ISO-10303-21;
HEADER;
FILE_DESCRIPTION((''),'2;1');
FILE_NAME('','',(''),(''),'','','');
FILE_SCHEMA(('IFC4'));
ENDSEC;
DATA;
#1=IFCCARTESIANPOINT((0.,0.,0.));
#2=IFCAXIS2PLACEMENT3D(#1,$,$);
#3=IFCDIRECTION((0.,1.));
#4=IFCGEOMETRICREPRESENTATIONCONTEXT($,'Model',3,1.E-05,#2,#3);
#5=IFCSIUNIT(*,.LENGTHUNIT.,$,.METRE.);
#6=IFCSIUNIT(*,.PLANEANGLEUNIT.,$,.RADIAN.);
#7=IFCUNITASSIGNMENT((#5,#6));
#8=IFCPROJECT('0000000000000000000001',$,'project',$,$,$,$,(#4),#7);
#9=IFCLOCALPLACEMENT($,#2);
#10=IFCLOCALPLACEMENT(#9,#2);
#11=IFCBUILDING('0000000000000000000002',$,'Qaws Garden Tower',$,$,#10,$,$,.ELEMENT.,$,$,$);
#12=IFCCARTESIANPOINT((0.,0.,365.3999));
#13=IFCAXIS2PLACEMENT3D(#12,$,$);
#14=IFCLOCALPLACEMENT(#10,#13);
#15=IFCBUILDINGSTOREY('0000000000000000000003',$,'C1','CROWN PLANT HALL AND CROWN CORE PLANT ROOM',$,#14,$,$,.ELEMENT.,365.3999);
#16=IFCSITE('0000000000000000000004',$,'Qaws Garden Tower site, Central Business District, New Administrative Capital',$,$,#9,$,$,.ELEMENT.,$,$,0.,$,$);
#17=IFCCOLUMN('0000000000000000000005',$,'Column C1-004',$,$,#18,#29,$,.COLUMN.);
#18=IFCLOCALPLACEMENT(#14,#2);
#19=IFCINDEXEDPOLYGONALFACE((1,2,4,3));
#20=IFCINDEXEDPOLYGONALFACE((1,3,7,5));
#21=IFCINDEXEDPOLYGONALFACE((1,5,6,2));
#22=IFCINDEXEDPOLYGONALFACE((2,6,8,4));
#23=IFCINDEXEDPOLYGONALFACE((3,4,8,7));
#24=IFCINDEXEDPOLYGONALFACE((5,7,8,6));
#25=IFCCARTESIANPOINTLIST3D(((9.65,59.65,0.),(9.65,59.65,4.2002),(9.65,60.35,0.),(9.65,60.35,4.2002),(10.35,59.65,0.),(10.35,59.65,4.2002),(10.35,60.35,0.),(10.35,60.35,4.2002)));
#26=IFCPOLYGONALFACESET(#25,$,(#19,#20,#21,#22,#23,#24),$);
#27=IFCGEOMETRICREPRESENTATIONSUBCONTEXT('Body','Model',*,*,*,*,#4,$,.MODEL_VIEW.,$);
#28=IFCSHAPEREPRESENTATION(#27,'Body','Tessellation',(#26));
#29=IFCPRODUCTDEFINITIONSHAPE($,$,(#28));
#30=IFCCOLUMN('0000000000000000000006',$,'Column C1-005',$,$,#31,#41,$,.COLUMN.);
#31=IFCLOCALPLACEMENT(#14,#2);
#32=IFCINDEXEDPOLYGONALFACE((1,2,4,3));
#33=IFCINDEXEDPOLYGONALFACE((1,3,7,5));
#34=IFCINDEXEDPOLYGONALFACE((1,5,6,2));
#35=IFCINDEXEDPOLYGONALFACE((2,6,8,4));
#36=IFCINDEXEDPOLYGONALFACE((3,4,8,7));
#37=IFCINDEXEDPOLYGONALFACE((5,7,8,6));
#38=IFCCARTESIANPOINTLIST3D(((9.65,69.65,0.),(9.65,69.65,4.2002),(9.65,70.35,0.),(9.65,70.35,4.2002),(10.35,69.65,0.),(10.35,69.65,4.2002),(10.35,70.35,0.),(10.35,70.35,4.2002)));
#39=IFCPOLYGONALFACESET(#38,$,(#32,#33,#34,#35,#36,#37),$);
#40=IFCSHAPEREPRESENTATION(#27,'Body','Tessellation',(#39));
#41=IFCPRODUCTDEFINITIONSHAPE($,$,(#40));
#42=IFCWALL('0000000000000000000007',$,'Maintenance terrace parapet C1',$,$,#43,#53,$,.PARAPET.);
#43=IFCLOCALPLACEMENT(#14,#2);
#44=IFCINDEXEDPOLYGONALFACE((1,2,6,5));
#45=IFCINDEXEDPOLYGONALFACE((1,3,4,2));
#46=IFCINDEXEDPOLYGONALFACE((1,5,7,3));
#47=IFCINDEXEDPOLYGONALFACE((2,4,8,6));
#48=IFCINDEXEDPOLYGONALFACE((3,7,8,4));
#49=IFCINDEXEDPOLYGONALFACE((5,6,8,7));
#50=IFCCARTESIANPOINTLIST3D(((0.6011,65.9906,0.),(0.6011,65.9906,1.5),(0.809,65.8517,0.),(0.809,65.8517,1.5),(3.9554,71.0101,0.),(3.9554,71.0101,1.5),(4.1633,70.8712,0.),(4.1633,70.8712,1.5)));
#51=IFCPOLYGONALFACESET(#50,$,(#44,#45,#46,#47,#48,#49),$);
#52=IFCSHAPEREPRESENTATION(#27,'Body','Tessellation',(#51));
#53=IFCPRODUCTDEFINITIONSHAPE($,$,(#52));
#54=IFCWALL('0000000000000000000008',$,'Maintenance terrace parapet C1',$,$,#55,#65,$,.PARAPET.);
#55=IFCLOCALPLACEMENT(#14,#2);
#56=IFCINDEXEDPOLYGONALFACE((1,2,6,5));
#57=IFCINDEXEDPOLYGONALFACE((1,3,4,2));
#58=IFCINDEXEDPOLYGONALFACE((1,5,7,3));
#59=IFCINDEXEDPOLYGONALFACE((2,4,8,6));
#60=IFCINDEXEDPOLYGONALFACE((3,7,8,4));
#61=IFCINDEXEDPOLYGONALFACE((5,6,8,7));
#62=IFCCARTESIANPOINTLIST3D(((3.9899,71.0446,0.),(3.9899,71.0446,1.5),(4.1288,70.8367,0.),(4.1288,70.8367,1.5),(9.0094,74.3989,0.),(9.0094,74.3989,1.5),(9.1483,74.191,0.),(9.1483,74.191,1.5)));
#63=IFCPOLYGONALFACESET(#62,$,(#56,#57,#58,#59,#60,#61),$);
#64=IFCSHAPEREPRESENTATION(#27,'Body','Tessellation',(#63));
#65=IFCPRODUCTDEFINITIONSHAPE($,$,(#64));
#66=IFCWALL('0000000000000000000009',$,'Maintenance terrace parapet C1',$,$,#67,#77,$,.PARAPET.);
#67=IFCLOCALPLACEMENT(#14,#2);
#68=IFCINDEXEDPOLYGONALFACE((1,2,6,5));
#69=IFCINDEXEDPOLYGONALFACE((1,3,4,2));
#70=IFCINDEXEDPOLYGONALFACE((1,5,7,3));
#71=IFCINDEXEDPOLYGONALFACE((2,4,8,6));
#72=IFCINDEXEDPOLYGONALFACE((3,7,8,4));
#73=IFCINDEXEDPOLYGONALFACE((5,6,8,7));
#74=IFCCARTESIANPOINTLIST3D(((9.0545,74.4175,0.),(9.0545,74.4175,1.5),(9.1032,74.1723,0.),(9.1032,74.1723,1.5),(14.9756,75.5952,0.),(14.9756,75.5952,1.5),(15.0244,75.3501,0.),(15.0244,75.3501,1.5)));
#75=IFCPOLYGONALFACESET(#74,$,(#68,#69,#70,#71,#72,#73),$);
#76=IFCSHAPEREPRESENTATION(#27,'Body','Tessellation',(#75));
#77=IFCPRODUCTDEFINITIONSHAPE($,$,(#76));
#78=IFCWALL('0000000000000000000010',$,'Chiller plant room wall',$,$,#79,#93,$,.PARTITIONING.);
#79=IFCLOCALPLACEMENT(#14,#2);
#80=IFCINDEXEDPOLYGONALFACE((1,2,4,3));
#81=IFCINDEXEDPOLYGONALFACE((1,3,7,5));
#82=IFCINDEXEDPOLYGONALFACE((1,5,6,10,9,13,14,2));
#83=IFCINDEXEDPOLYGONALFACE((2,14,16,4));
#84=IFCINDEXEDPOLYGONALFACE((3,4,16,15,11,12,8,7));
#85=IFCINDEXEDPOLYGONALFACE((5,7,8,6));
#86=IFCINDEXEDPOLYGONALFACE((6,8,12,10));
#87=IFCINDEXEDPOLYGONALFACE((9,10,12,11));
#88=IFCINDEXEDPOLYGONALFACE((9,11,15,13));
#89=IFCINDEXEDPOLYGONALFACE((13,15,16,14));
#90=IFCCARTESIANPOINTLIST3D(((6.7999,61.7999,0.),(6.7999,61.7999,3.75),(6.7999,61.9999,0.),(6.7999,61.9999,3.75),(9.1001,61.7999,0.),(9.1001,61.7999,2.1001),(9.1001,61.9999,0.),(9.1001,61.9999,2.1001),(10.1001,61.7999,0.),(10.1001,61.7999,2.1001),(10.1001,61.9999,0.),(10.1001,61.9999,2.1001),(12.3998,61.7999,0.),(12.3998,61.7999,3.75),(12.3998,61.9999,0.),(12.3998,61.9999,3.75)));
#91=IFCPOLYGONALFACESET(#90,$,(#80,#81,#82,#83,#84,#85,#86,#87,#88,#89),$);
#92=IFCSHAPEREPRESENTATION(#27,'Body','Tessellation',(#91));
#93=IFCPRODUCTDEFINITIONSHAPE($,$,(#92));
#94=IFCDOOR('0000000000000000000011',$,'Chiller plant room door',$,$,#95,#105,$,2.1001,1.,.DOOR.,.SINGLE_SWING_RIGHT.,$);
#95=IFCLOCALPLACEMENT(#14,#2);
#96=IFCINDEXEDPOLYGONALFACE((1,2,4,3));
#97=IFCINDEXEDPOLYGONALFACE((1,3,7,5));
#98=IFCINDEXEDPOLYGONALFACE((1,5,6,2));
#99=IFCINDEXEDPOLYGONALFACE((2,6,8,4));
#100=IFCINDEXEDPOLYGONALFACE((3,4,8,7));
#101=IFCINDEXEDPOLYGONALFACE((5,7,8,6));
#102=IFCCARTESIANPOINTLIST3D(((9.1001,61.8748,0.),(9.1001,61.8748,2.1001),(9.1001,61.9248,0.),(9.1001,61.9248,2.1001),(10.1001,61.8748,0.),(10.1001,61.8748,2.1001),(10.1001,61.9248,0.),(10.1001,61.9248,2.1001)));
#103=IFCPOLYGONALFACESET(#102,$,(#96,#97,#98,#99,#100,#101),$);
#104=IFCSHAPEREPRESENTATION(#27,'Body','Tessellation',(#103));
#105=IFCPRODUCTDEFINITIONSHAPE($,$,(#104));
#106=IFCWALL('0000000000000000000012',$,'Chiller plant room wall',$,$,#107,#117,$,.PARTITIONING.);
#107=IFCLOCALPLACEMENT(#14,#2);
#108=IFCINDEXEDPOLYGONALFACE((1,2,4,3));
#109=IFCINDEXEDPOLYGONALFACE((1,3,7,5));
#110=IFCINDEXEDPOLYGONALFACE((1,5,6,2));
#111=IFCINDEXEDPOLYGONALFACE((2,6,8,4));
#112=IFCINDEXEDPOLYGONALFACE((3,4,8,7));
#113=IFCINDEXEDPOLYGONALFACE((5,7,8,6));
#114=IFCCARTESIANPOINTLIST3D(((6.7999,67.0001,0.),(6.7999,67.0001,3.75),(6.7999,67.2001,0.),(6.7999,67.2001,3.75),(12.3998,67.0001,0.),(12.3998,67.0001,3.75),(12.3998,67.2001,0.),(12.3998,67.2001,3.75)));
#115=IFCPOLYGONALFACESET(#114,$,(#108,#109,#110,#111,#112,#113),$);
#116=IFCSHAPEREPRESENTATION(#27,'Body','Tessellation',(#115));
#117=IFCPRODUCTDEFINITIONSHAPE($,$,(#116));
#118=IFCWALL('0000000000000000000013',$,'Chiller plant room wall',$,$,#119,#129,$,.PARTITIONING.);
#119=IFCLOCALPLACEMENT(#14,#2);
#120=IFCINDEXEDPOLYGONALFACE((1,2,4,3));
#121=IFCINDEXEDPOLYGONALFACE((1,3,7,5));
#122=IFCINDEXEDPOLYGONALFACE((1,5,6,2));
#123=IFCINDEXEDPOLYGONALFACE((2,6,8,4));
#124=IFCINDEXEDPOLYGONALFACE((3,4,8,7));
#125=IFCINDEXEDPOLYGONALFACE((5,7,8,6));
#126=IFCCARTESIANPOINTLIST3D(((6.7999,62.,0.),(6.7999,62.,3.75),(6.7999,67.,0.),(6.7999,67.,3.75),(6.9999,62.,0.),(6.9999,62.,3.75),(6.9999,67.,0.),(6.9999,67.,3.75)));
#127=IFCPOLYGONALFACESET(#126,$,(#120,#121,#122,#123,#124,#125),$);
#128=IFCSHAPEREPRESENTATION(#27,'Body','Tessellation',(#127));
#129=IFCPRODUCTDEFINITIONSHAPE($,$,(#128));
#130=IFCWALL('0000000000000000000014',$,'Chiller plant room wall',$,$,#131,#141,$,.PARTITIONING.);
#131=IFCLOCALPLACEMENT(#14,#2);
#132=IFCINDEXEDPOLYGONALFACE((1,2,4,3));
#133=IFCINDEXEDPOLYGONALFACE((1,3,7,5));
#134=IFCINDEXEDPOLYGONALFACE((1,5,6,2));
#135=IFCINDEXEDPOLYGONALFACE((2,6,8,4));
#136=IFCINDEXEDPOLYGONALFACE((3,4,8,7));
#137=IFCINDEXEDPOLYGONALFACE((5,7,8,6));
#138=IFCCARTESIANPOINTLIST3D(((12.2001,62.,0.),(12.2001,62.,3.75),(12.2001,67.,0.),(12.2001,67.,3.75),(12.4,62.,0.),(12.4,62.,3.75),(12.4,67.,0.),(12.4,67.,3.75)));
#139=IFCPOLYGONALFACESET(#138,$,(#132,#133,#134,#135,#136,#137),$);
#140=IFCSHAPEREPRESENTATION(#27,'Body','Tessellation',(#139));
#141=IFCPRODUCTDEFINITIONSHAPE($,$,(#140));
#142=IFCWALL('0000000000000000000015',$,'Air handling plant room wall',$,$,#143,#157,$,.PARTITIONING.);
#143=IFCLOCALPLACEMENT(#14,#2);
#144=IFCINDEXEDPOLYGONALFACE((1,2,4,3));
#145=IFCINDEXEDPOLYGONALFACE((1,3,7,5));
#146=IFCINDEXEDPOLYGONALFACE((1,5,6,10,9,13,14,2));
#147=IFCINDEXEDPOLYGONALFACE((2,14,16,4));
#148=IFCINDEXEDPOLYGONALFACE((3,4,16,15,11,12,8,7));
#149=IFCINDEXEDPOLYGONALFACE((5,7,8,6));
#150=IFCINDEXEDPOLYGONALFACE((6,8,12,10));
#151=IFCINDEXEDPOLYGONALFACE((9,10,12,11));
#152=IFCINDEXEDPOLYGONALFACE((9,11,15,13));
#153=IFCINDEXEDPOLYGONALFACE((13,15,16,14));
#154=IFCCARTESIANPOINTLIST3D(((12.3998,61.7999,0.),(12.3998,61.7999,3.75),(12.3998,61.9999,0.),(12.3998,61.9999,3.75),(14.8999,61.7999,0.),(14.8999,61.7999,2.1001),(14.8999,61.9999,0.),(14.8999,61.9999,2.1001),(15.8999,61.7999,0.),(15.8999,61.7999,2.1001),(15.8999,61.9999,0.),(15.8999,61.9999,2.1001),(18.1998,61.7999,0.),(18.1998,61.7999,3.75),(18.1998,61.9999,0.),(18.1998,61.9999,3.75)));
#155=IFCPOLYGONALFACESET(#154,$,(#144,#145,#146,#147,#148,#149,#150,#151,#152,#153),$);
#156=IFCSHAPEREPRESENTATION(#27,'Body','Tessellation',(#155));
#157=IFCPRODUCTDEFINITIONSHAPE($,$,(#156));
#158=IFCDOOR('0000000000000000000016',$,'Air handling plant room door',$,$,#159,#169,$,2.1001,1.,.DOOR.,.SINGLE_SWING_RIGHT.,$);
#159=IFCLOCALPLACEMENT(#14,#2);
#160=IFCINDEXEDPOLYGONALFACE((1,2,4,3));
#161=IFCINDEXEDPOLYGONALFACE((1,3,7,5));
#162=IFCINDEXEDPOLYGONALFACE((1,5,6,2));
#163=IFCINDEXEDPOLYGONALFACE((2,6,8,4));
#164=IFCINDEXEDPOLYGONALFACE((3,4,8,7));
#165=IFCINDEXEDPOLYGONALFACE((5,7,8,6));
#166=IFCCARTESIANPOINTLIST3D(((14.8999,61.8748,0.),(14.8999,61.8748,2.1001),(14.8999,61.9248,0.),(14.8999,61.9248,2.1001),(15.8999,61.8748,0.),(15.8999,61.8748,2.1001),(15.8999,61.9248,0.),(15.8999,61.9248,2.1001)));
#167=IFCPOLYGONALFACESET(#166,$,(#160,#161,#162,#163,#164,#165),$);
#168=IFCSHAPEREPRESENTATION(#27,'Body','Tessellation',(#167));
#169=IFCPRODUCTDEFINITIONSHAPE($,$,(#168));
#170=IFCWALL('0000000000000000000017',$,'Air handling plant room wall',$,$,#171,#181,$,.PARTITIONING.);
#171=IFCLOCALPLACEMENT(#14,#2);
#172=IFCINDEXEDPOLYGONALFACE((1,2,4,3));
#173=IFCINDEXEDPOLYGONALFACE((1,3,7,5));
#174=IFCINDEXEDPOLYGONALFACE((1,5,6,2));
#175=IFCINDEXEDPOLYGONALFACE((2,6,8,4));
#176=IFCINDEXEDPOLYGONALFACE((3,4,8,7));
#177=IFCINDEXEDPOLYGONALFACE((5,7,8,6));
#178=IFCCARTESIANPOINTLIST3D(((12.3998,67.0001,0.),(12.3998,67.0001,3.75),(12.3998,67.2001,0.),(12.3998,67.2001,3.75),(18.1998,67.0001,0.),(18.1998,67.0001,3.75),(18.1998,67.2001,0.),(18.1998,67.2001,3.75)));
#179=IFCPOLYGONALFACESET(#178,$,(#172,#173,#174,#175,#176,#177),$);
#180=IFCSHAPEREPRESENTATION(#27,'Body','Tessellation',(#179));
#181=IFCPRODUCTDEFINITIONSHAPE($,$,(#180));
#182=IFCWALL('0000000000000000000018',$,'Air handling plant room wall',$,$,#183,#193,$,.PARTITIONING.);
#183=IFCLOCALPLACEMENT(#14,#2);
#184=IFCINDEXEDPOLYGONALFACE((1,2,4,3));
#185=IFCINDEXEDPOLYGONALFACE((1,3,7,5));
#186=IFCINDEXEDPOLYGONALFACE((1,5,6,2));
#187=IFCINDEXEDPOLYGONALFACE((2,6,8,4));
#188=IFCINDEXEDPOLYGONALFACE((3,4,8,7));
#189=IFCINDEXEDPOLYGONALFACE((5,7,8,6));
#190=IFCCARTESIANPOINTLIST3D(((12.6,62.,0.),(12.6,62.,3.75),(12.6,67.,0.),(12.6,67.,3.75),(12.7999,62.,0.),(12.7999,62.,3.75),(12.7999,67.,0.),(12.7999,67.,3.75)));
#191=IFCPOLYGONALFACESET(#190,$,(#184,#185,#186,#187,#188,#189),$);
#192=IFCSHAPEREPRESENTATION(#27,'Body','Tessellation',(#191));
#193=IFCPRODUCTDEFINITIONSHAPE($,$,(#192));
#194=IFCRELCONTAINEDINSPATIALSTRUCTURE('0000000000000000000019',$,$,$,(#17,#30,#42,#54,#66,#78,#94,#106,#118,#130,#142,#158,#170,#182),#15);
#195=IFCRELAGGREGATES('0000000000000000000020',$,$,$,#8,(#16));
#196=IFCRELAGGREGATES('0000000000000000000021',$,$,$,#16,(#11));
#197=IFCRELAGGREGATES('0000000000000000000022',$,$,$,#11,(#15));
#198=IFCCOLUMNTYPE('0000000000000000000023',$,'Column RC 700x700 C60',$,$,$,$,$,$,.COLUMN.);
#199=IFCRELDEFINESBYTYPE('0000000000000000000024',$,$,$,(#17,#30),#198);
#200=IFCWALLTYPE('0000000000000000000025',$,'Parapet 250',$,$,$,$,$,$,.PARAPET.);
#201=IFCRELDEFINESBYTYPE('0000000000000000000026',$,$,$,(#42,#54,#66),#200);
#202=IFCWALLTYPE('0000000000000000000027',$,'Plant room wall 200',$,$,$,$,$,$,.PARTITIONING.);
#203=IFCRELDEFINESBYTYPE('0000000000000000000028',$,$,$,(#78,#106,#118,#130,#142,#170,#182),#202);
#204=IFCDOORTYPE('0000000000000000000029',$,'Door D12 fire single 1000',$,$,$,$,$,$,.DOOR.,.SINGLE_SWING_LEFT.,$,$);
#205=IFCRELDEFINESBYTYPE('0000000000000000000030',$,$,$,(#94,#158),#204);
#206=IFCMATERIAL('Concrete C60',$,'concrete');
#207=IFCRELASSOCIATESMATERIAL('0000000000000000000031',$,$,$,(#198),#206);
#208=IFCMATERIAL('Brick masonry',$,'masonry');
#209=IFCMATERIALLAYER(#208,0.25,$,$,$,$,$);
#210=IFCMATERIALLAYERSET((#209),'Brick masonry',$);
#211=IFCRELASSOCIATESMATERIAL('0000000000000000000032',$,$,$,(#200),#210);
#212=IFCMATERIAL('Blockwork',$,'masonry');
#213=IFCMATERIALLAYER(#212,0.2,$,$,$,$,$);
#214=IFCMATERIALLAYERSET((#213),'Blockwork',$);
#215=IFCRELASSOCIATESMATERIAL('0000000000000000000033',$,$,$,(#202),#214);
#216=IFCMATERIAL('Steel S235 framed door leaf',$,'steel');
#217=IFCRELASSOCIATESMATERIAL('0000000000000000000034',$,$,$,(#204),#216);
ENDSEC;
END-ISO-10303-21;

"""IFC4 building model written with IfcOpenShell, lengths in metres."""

from ifc_helpers import new_model, si_unit, direction, frame, frame_2d, origin, origin_2d, place, context, subcontext, project, spatial, rectangle, extrude, material, layer, layer_set, material_profile, profile_set, type_object, element, fill, save


model = new_model("IFC4")

# Units and contexts
model_context = context("Model", 3, precision=1e-05, world=origin(), true_north=direction((0.0, 1.0)))
body_context = subcontext(model_context, "Body", "Model", "MODEL_VIEW")
ifc_project = project(units=[si_unit("LENGTHUNIT", "METRE"), si_unit("PLANEANGLEUNIT", "RADIAN")], contexts=[model_context])

# Site, building, storey
site_placement = place(None, origin())
site = spatial("IfcSite", under=ifc_project, at=site_placement, Name="Qaws Garden Tower site, Central Business District, New Administrative Capital", CompositionType="ELEMENT", RefElevation=0.0)
building_placement = place(site_placement, origin())
building = spatial("IfcBuilding", under=site, at=building_placement, Name="Qaws Garden Tower", CompositionType="ELEMENT")
storey_placement = place(building_placement, frame((0.0, 0.0, 365.3999)))
storey = spatial("IfcBuildingStorey", under=building, at=storey_placement, Name="C1", Description="CROWN PLANT HALL AND CROWN CORE PLANT ROOM", CompositionType="ELEMENT", Elevation=365.3999)

# Columns
ifc_material_1 = material(Name="Concrete C60", Category="concrete")
ifc_material_profile = material_profile(ifc_material_1, rectangle(XDim=0.7, YDim=0.7, at=origin_2d()), Name="RC 700x700")
ifc_profile_set = profile_set([ifc_material_profile], Name="Concrete C60")
column_type = type_object("IfcColumnType", Name="Column RC 700x700 C60", PredefinedType="COLUMN", material=ifc_profile_set)
for number, where, z_axis, x_axis, name in (
    (1, (10.0, 60.0, 0.0), (0.0, 0.0, 1.0), (1.0, 0.0, 0.0), "Column C1-004"),
    (2, (10.0, 70.0, 0.0), (0.0, 0.0, 1.0), (1.0, 0.0, 0.0), "Column C1-005"),
):
    element("IfcColumn", number, at=place(storey_placement, frame(where, z_axis=z_axis, x_axis=x_axis)), inside=storey, type_object=column_type, Name=name, PredefinedType="COLUMN", context=body_context, shape_type="SweptSolid", body=[
        extrude(rectangle(XDim=0.7, YDim=0.7, at=origin_2d()), origin(), (0.0, 0.0, 1.0), 4.2002),
    ])

# Walls
ifc_material_2 = material(Name="Brick masonry", Category="masonry")
ifc_layer_1 = layer(ifc_material_2, 0.25)
ifc_layer_set_1 = layer_set([ifc_layer_1], Name="Brick masonry")
wall_type_1 = type_object("IfcWallType", Name="Parapet 250", PredefinedType="PARAPET", material=ifc_layer_set_1)
for number, where, z_axis, x_axis, name in (
    (3, (0.7051, 65.9211, 0.0), (0.0, 0.0, 1.0), (0.555605, 0.831446, 0.0), "Maintenance terrace parapet C1"),
    (4, (4.0593, 70.9407, 0.0), (0.0, 0.0, 1.0), (0.831446, 0.555605, 0.0), "Maintenance terrace parapet C1"),
    (5, (9.0789, 74.2949, 0.0), (0.0, 0.0, 1.0), (0.980787, 0.195082, 0.0), "Maintenance terrace parapet C1"),
):
    element("IfcWall", number, at=place(storey_placement, frame(where, z_axis=z_axis, x_axis=x_axis)), inside=storey, type_object=wall_type_1, Name=name, PredefinedType="PARAPET", context=body_context, shape_type="SweptSolid", body=[
        extrude(rectangle(XDim=6.0371, YDim=0.25, at=frame_2d((3.0186, 0.0))), origin(), (0.0, 0.0, 1.0), 1.5),
    ])

# Wall, opening, door
ifc_material_3 = material(Name="Blockwork", Category="masonry")
ifc_layer_2 = layer(ifc_material_3, 0.2)
ifc_layer_set_2 = layer_set([ifc_layer_2], Name="Blockwork")
wall_type_2 = type_object("IfcWallType", Name="Plant room wall 200", PredefinedType="PARTITIONING", material=ifc_layer_set_2)
wall_1_placement = place(storey_placement, frame((6.8, 61.8999, 0.0), z_axis=(0.0, 0.0, 1.0), x_axis=(1.0, 0.0, 0.0)))
wall_1 = element("IfcWall", 6, at=wall_1_placement, inside=storey, type_object=wall_type_2, Name="Chiller plant room wall", PredefinedType="PARTITIONING", context=body_context, shape_type="SweptSolid", body=[
    extrude(rectangle(XDim=5.5999, YDim=0.2, at=frame_2d((2.7998, 0.0))), origin(), (0.0, 0.0, 1.0), 3.75),
])
opening_1_placement = place(wall_1_placement, frame((2.3, 0.0, 0.0)))
opening_1 = element("IfcOpeningElement", 7, at=opening_1_placement, cuts=wall_1, PredefinedType="OPENING", context=body_context, shape_type="SweptSolid", body=[
    extrude(rectangle(XDim=1.0, YDim=2.1001, at=frame_2d((0.5, 1.05))), frame((0.0, 0.1099, 0.0), z_axis=(0.0, -1.0, 0.0), x_axis=(1.0, 0.0, 0.0)), (0.0, 0.0, 1.0), 0.22),
])
ifc_material_4 = material(Name="Steel S235 framed door leaf", Category="steel")
door_type = type_object("IfcDoorType", Name="Door D12 fire single 1000", OperationType="SINGLE_SWING_LEFT", PredefinedType="DOOR", material=ifc_material_4)
door_1_placement = place(opening_1_placement, origin())
door_1 = element("IfcDoor", 8, at=door_1_placement, inside=storey, type_object=door_type, Name="Chiller plant room door", OperationType="SINGLE_SWING_RIGHT", OverallHeight=2.1001, OverallWidth=1.0, PredefinedType="DOOR", context=body_context, shape_type="SweptSolid", body=[
    extrude(rectangle(XDim=1.0, YDim=2.1001, at=frame_2d((0.5, 1.05))), frame((0.0, 0.0249, 0.0), z_axis=(0.0, -1.0, 0.0), x_axis=(1.0, 0.0, 0.0)), (0.0, 0.0, 1.0), 0.05),
])
fill(opening_1, door_1)

# Walls
wall_2_placement = place(storey_placement, frame((6.8, 67.1001, 0.0), z_axis=(0.0, 0.0, 1.0), x_axis=(1.0, 0.0, 0.0)))
element("IfcWall", 9, at=wall_2_placement, inside=storey, type_object=wall_type_2, Name="Chiller plant room wall", PredefinedType="PARTITIONING", context=body_context, shape_type="SweptSolid", body=[
    extrude(rectangle(XDim=5.5999, YDim=0.2, at=frame_2d((2.7998, 0.0))), origin(), (0.0, 0.0, 1.0), 3.75),
])
for number, where, z_axis, x_axis, name in (
    (10, (6.8999, 62.0, 0.0), (0.0, 0.0, 1.0), (0.0, 1.0, 0.0), "Chiller plant room wall"),
    (11, (12.3, 62.0, 0.0), (0.0, 0.0, 1.0), (0.0, 1.0, 0.0), "Chiller plant room wall"),
):
    element("IfcWall", number, at=place(storey_placement, frame(where, z_axis=z_axis, x_axis=x_axis)), inside=storey, type_object=wall_type_2, Name=name, PredefinedType="PARTITIONING", context=body_context, shape_type="SweptSolid", body=[
        extrude(rectangle(XDim=5.0, YDim=0.2, at=frame_2d((2.5, 0.0))), origin(), (0.0, 0.0, 1.0), 3.75),
    ])

# Wall, opening, door
wall_3_placement = place(storey_placement, frame((12.3999, 61.8999, 0.0), z_axis=(0.0, 0.0, 1.0), x_axis=(1.0, 0.0, 0.0)))
wall_3 = element("IfcWall", 12, at=wall_3_placement, inside=storey, type_object=wall_type_2, Name="Air handling plant room wall", PredefinedType="PARTITIONING", context=body_context, shape_type="SweptSolid", body=[
    extrude(rectangle(XDim=5.8, YDim=0.2, at=frame_2d((2.8999, 0.0))), origin(), (0.0, 0.0, 1.0), 3.75),
])
opening_2_placement = place(wall_3_placement, frame((2.5, 0.0, 0.0)))
opening_2 = element("IfcOpeningElement", 13, at=opening_2_placement, cuts=wall_3, PredefinedType="OPENING", context=body_context, shape_type="SweptSolid", body=[
    extrude(rectangle(XDim=1.0, YDim=2.1001, at=frame_2d((0.5, 1.05))), frame((0.0, 0.1099, 0.0), z_axis=(0.0, -1.0, 0.0), x_axis=(1.0, 0.0, 0.0)), (0.0, 0.0, 1.0), 0.22),
])
door_2_placement = place(opening_2_placement, origin())
door_2 = element("IfcDoor", 14, at=door_2_placement, inside=storey, type_object=door_type, Name="Air handling plant room door", OperationType="SINGLE_SWING_RIGHT", OverallHeight=2.1001, OverallWidth=1.0, PredefinedType="DOOR", context=body_context, shape_type="SweptSolid", body=[
    extrude(rectangle(XDim=1.0, YDim=2.1001, at=frame_2d((0.5, 1.05))), frame((0.0, 0.0249, 0.0), z_axis=(0.0, -1.0, 0.0), x_axis=(1.0, 0.0, 0.0)), (0.0, 0.0, 1.0), 0.05),
])
fill(opening_2, door_2)

# Walls
wall_4_placement = place(storey_placement, frame((12.3999, 67.1001, 0.0), z_axis=(0.0, 0.0, 1.0), x_axis=(1.0, 0.0, 0.0)))
element("IfcWall", 15, at=wall_4_placement, inside=storey, type_object=wall_type_2, Name="Air handling plant room wall", PredefinedType="PARTITIONING", context=body_context, shape_type="SweptSolid", body=[
    extrude(rectangle(XDim=5.8, YDim=0.2, at=frame_2d((2.8999, 0.0))), origin(), (0.0, 0.0, 1.0), 3.75),
])
wall_5_placement = place(storey_placement, frame((12.7, 62.0, 0.0), z_axis=(0.0, 0.0, 1.0), x_axis=(0.0, 1.0, 0.0)))
element("IfcWall", 16, at=wall_5_placement, inside=storey, type_object=wall_type_2, Name="Air handling plant room wall", PredefinedType="PARTITIONING", context=body_context, shape_type="SweptSolid", body=[
    extrude(rectangle(XDim=5.0, YDim=0.2, at=frame_2d((2.5, 0.0))), origin(), (0.0, 0.0, 1.0), 3.75),
])

save(model, "model.ifc")
